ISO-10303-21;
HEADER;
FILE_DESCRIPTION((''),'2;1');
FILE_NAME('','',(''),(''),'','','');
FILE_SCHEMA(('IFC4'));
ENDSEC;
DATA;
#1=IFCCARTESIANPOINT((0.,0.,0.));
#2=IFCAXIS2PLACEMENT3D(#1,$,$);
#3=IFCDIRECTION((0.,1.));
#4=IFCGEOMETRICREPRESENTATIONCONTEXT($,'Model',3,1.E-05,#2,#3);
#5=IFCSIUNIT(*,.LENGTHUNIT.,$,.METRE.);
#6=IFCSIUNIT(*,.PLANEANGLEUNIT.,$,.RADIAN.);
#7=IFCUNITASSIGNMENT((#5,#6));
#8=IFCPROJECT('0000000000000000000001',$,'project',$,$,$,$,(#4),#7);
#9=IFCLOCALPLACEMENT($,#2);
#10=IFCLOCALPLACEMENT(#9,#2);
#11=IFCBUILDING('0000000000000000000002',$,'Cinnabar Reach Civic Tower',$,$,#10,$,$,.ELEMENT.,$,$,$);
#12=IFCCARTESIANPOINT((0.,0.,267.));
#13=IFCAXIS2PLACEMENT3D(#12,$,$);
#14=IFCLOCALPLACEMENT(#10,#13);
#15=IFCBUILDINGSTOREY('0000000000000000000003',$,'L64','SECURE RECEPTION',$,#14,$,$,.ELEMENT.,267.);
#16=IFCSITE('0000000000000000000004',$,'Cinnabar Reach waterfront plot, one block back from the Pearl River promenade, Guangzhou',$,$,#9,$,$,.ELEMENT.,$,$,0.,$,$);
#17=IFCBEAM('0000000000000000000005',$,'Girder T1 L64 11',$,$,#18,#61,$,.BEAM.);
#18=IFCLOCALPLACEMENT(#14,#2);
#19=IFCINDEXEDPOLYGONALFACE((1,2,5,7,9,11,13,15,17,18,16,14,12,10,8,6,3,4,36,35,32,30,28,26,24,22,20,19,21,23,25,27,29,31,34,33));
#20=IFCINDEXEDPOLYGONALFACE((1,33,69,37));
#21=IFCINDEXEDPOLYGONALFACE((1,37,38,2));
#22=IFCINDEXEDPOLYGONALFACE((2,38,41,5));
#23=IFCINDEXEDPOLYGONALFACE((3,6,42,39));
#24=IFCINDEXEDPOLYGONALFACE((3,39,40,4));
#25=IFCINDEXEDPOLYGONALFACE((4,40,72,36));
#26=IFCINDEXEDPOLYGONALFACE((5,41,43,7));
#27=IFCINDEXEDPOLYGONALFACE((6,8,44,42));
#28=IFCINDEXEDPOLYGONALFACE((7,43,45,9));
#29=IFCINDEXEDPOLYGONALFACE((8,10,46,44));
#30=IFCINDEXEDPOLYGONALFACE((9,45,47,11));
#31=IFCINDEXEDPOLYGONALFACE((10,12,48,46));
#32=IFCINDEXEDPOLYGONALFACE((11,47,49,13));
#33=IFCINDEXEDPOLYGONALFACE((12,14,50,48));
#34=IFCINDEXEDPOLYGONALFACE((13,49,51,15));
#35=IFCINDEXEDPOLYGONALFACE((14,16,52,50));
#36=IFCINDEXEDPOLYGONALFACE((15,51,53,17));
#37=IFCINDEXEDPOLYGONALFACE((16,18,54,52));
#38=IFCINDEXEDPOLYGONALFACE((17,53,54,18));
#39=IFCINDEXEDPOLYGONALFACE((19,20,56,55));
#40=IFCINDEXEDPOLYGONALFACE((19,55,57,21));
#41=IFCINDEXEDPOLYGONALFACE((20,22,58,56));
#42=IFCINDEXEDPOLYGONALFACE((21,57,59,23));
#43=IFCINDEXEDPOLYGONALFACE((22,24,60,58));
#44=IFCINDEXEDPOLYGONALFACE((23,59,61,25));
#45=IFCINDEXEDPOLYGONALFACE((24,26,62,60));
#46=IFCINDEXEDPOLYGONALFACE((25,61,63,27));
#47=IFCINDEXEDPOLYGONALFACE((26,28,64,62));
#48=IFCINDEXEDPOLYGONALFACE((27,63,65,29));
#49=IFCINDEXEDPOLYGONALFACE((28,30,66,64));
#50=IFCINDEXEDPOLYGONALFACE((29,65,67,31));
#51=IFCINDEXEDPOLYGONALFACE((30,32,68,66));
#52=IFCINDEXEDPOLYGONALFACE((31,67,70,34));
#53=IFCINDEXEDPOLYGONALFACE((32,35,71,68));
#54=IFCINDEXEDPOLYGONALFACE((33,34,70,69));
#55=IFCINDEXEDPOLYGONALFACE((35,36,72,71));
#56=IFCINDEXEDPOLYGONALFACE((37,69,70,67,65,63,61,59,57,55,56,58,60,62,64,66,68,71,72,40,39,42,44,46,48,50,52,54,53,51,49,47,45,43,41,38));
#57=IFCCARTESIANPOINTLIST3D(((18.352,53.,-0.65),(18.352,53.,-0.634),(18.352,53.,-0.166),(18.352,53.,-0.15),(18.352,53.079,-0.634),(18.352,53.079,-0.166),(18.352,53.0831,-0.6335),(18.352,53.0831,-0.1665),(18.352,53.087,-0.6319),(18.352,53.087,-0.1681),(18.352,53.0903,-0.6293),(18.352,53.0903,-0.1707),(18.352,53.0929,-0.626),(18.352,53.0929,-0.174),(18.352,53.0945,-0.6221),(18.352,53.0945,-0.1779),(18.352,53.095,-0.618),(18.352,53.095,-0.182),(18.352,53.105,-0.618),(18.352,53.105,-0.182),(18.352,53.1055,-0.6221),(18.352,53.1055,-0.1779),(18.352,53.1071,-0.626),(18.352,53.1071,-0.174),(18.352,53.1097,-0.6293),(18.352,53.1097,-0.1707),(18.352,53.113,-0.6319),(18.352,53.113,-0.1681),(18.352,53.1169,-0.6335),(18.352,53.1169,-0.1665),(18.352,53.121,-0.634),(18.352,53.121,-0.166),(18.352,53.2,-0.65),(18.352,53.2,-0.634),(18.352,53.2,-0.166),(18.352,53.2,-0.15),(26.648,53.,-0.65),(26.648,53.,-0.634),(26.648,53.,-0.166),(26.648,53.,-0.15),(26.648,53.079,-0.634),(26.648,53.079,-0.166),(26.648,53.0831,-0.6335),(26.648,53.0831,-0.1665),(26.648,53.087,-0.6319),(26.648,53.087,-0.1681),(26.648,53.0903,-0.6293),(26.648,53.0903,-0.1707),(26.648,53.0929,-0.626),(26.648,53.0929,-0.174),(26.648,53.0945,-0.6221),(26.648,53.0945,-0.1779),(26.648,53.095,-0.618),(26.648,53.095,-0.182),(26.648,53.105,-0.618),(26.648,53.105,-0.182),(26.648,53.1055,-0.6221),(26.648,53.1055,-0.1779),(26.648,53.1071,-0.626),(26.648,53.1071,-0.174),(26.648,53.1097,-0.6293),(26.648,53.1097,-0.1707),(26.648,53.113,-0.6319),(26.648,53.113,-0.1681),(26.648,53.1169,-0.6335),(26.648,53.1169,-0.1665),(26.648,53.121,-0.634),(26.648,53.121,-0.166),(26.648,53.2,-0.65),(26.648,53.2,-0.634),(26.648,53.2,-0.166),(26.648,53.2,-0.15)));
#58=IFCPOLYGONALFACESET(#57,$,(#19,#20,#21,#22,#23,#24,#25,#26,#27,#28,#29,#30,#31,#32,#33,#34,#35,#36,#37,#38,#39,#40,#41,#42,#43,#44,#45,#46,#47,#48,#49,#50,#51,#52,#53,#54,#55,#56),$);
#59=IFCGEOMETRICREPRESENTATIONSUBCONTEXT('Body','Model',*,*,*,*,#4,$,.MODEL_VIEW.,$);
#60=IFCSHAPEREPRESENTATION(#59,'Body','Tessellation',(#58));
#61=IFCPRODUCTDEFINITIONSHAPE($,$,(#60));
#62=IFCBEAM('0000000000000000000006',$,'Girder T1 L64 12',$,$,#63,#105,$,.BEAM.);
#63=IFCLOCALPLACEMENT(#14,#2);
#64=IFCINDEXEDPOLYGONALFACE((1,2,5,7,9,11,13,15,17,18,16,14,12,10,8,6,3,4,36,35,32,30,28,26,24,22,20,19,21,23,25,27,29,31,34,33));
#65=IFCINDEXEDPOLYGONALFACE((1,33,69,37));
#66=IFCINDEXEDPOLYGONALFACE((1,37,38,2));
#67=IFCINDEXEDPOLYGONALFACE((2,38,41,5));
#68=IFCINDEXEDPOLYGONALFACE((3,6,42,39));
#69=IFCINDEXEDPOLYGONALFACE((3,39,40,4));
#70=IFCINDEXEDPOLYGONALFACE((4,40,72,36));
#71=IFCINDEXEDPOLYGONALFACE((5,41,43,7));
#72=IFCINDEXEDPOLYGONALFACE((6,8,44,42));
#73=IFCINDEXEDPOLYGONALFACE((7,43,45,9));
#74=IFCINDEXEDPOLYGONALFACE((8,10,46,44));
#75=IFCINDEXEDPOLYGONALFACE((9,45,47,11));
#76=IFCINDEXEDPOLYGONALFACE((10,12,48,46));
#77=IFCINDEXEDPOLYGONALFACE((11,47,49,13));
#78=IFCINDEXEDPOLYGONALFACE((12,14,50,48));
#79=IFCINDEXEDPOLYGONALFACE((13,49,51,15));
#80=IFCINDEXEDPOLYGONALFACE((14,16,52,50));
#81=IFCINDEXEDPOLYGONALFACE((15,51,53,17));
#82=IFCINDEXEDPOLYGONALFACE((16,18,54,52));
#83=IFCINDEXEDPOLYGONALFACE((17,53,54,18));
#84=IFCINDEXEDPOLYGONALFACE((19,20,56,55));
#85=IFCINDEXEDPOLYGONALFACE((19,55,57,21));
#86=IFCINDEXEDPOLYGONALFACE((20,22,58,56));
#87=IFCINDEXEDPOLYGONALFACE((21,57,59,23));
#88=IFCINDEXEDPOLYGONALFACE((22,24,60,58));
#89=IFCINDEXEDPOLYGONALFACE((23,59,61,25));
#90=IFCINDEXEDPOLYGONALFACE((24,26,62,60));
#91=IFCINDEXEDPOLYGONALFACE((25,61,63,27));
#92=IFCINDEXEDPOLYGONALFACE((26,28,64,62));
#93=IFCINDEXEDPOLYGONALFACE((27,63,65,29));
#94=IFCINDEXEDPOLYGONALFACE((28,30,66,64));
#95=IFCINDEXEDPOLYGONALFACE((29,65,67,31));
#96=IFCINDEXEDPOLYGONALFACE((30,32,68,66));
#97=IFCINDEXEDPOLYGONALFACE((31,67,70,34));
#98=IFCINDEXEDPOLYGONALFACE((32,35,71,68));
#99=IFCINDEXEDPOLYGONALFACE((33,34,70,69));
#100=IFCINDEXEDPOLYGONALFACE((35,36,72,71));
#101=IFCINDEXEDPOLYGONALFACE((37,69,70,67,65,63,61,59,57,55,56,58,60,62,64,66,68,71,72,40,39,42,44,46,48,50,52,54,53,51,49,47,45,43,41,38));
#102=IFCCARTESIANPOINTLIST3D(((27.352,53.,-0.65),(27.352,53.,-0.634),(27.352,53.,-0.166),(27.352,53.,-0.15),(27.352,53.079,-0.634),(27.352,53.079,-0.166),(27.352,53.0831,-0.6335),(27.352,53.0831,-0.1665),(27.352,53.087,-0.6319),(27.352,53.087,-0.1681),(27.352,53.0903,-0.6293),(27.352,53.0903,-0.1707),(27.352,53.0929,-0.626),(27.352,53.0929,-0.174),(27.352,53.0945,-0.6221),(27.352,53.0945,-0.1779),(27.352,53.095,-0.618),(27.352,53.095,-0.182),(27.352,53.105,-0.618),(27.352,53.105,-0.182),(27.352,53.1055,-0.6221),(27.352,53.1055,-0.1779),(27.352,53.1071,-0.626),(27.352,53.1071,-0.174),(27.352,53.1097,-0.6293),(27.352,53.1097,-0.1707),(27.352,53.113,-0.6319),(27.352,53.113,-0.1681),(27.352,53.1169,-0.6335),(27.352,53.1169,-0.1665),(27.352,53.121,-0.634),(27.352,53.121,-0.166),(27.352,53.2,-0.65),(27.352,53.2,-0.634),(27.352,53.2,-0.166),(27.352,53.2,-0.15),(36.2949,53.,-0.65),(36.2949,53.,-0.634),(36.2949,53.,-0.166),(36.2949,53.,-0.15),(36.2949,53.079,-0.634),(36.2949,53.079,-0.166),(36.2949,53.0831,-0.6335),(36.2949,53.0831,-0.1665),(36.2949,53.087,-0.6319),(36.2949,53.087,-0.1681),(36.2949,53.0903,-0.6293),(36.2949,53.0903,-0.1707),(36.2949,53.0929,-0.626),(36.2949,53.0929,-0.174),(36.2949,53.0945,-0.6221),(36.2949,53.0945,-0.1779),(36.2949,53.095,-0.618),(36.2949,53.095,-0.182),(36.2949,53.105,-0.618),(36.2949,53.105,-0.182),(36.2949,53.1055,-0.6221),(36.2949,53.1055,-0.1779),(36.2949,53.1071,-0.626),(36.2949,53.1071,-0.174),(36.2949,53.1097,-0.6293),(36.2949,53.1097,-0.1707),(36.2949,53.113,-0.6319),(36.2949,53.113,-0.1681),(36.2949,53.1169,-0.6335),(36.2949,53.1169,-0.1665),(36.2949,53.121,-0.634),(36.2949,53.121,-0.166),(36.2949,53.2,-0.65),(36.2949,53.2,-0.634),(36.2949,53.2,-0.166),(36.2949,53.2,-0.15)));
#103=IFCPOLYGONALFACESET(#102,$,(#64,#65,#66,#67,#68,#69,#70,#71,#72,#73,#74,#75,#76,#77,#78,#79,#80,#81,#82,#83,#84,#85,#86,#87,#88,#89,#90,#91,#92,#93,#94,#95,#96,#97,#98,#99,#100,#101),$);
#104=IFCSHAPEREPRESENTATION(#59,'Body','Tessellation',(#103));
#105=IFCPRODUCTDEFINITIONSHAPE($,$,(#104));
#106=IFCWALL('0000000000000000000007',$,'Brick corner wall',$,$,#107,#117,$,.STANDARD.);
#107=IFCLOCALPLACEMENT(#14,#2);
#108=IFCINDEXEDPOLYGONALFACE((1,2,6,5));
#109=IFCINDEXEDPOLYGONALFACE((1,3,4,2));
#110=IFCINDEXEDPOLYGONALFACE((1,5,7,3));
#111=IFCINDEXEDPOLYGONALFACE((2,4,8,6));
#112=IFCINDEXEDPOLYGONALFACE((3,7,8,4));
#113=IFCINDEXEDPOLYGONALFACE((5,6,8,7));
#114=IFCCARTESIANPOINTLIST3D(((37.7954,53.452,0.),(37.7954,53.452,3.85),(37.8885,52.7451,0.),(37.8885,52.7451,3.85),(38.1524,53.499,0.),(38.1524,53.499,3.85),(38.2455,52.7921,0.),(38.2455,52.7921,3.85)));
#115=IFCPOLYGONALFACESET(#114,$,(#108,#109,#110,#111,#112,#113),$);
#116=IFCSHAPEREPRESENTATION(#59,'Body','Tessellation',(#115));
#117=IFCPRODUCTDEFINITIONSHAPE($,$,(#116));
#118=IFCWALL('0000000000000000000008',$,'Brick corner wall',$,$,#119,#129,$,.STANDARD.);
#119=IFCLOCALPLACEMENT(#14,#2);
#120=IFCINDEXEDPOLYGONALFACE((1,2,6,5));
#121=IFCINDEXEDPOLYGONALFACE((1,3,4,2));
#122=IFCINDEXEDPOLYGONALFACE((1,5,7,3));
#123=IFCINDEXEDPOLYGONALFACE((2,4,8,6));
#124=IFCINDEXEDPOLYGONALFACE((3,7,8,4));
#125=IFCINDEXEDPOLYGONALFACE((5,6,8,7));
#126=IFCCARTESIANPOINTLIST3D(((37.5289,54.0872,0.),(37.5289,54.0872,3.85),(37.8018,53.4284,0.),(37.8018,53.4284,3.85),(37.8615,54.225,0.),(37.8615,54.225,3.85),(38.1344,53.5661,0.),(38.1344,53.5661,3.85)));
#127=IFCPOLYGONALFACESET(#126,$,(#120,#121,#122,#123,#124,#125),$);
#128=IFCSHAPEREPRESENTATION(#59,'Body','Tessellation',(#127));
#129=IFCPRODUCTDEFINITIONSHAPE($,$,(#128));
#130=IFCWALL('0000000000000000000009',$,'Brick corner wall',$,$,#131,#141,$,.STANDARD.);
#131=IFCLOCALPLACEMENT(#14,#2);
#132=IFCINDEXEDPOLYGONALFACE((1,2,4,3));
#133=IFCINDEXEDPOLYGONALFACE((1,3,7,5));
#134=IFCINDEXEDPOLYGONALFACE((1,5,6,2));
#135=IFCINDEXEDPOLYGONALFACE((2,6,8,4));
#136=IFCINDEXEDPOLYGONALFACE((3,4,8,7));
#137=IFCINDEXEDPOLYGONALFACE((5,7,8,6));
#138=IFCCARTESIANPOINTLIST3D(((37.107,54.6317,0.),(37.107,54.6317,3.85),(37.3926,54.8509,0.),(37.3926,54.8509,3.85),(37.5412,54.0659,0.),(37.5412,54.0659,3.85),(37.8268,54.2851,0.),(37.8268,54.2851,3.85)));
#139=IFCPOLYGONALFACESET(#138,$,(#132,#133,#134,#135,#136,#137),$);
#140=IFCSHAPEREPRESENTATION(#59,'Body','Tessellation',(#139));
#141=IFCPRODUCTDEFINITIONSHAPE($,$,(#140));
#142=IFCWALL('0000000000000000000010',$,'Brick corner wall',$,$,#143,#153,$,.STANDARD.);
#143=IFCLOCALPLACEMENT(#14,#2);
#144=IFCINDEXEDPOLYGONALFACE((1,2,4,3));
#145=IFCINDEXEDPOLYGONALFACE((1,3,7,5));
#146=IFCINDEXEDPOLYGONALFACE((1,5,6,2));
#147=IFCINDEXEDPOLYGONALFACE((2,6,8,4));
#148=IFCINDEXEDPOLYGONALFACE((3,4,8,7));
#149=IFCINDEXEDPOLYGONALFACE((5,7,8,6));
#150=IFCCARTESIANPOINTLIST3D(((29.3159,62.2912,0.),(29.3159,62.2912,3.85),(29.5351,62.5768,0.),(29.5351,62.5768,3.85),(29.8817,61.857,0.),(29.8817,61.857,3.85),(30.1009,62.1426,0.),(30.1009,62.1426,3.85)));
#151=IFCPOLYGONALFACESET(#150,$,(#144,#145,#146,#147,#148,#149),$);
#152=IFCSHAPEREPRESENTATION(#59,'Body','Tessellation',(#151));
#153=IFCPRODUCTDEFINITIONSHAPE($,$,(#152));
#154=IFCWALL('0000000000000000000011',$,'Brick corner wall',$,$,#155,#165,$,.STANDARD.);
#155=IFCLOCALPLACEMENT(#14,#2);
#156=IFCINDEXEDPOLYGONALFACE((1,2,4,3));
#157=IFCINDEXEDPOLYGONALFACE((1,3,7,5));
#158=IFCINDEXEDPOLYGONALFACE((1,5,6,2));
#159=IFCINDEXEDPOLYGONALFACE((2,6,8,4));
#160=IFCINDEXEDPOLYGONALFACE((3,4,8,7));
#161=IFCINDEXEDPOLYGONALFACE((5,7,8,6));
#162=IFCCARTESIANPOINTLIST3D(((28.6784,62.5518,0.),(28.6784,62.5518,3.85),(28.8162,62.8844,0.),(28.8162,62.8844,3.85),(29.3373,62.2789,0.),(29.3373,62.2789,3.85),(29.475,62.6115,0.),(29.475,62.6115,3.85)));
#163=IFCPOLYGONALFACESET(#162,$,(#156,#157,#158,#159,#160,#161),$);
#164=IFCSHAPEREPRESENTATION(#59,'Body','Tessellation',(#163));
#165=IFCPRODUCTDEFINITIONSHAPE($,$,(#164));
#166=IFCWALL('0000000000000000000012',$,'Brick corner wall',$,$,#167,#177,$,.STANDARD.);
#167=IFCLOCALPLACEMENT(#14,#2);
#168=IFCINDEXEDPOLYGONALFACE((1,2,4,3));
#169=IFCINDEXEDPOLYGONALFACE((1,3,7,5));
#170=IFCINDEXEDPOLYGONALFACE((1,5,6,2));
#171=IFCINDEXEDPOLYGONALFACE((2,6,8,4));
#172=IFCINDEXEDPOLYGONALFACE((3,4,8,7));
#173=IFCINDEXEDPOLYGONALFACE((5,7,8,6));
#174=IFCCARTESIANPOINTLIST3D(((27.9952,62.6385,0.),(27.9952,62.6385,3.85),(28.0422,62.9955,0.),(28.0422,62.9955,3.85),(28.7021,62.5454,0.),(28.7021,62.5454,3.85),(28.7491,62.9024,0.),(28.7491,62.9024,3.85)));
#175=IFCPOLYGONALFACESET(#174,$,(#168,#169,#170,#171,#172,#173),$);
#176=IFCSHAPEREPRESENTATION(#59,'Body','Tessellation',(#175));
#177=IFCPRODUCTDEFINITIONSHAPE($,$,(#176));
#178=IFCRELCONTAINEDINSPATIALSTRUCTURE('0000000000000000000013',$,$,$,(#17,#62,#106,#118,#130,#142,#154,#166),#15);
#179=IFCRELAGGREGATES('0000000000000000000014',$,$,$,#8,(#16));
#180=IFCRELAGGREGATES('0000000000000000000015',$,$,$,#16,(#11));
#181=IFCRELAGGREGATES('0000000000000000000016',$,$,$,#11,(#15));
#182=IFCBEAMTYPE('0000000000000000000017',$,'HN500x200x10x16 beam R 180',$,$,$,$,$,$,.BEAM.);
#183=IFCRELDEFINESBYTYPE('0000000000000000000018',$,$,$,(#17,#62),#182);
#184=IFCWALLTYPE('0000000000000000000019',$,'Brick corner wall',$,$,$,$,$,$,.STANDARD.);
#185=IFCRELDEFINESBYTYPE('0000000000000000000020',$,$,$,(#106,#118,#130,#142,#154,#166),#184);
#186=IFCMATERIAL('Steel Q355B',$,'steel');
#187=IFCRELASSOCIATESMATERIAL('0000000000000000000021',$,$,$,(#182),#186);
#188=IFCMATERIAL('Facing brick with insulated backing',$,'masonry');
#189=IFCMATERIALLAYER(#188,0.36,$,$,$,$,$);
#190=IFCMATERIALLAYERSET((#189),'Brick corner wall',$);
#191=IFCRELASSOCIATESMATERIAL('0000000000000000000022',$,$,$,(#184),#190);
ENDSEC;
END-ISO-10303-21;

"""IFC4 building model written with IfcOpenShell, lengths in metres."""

from ifc_helpers import new_model, si_unit, direction, frame, frame_2d, origin, origin_2d, place, context, subcontext, project, spatial, rectangle, i_section, extrude, material, layer, layer_set, material_profile, profile_set, type_object, element, save


model = new_model("IFC4")

# Units and contexts
model_context = context("Model", 3, precision=1e-05, world=origin(), true_north=direction((0.0, 1.0)))
body_context = subcontext(model_context, "Body", "Model", "MODEL_VIEW")
ifc_project = project(units=[si_unit("LENGTHUNIT", "METRE"), si_unit("PLANEANGLEUNIT", "RADIAN")], contexts=[model_context])

# Site, building, storey
site_placement = place(None, origin())
site = spatial("IfcSite", under=ifc_project, at=site_placement, Name="Cinnabar Reach waterfront plot, one block back from the Pearl River promenade, Guangzhou", CompositionType="ELEMENT", RefElevation=0.0)
building_placement = place(site_placement, origin())
building = spatial("IfcBuilding", under=site, at=building_placement, Name="Cinnabar Reach Civic Tower", CompositionType="ELEMENT")
storey_placement = place(building_placement, frame((0.0, 0.0, 267.0)))
storey = spatial("IfcBuildingStorey", under=building, at=storey_placement, Name="L64", Description="SECURE RECEPTION", CompositionType="ELEMENT", Elevation=267.0)

# Beams
ifc_material_1 = material(Name="Steel Q355B", Category="steel")
ifc_material_profile_1 = material_profile(ifc_material_1, i_section(OverallWidth=0.2, OverallDepth=0.5, WebThickness=0.01, FlangeThickness=0.016, FilletRadius=0.016, at=origin_2d()), Name="HN500x200x10x16")
ifc_profile_set_1 = profile_set([ifc_material_profile_1], Name="Steel Q355B")
beam_type_1 = type_object("IfcBeamType", Name="HN500x200x10x16 beam R 180", PredefinedType="BEAM", material=ifc_profile_set_1)
beam_1_placement = place(storey_placement, frame((18.352, 53.1, -0.4), z_axis=(1.0, 0.0, 0.0), x_axis=(0.0, 1.0, 0.0)))
element("IfcBeam", 1, at=beam_1_placement, inside=storey, type_object=beam_type_1, Name="Girder T1 L64 11", PredefinedType="BEAM", context=body_context, shape_type="SweptSolid", body=[
    extrude(i_section(OverallWidth=0.2, OverallDepth=0.5, WebThickness=0.01, FlangeThickness=0.016, FilletRadius=0.016, at=origin_2d()), origin(), (0.0, 0.0, 1.0), 8.296),
])
beam_2_placement = place(storey_placement, frame((27.352, 53.1, -0.4), z_axis=(1.0, 0.0, 0.0), x_axis=(0.0, 1.0, 0.0)))
element("IfcBeam", 2, at=beam_2_placement, inside=storey, type_object=beam_type_1, Name="Girder T1 L64 12", PredefinedType="BEAM", context=body_context, shape_type="SweptSolid", body=[
    extrude(i_section(OverallWidth=0.2, OverallDepth=0.5, WebThickness=0.01, FlangeThickness=0.016, FilletRadius=0.016, at=origin_2d()), origin(), (0.0, 0.0, 1.0), 8.9429),
])

# Walls
ifc_material_2 = material(Name="Facing brick with insulated backing", Category="masonry")
ifc_layer_1 = layer(ifc_material_2, 0.36)
ifc_layer_set_1 = layer_set([ifc_layer_1], Name="Brick corner wall")
wall_type_1 = type_object("IfcWallType", Name="Brick corner wall", PredefinedType="STANDARD", material=ifc_layer_set_1)
for number, where, z_axis, x_axis, name in (
    (3, (38.067, 52.7686, 0.0), (0.0, 0.0, 1.0), (-0.130556, 0.991441, 0.0), "Brick corner wall"),
    (4, (37.9681, 53.4973, 0.0), (0.0, 0.0, 1.0), (-0.382703, 0.923872, 0.0), "Brick corner wall"),
):
    element("IfcWall", number, at=place(storey_placement, frame(where, z_axis=z_axis, x_axis=x_axis)), inside=storey, type_object=wall_type_1, Name=name, PredefinedType="STANDARD", context=body_context, shape_type="SweptSolid", body=[
        extrude(rectangle(XDim=0.7131, YDim=0.36, at=frame_2d((0.3565, 0.0))), origin(), (0.0, 0.0, 1.0), 3.85),
    ])
for number, where, z_axis, x_axis, name in (
    (5, (37.684, 54.1755, 0.0), (0.0, 0.0, 1.0), (-0.608802, 0.793322, 0.0), "Brick corner wall"),
    (6, (29.9913, 61.9998, 0.0), (0.0, 0.0, 1.0), (-0.793322, 0.608802, 0.0), "Brick corner wall"),
):
    element("IfcWall", number, at=place(storey_placement, frame(where, z_axis=z_axis, x_axis=x_axis)), inside=storey, type_object=wall_type_1, Name=name, PredefinedType="STANDARD", context=body_context, shape_type="SweptSolid", body=[
        extrude(rectangle(XDim=0.7132, YDim=0.36, at=frame_2d((0.3566, 0.0))), origin(), (0.0, 0.0, 1.0), 3.85),
    ])
for number, where, z_axis, x_axis, name in (
    (7, (29.4061, 62.4452, 0.0), (0.0, 0.0, 1.0), (-0.923872, 0.382703, 0.0), "Brick corner wall"),
    (8, (28.7256, 62.7239, 0.0), (0.0, 0.0, 1.0), (-0.991441, 0.130556, 0.0), "Brick corner wall"),
):
    element("IfcWall", number, at=place(storey_placement, frame(where, z_axis=z_axis, x_axis=x_axis)), inside=storey, type_object=wall_type_1, Name=name, PredefinedType="STANDARD", context=body_context, shape_type="SweptSolid", body=[
        extrude(rectangle(XDim=0.7131, YDim=0.36, at=frame_2d((0.3565, 0.0))), origin(), (0.0, 0.0, 1.0), 3.85),
    ])

save(model, "model.ifc")
